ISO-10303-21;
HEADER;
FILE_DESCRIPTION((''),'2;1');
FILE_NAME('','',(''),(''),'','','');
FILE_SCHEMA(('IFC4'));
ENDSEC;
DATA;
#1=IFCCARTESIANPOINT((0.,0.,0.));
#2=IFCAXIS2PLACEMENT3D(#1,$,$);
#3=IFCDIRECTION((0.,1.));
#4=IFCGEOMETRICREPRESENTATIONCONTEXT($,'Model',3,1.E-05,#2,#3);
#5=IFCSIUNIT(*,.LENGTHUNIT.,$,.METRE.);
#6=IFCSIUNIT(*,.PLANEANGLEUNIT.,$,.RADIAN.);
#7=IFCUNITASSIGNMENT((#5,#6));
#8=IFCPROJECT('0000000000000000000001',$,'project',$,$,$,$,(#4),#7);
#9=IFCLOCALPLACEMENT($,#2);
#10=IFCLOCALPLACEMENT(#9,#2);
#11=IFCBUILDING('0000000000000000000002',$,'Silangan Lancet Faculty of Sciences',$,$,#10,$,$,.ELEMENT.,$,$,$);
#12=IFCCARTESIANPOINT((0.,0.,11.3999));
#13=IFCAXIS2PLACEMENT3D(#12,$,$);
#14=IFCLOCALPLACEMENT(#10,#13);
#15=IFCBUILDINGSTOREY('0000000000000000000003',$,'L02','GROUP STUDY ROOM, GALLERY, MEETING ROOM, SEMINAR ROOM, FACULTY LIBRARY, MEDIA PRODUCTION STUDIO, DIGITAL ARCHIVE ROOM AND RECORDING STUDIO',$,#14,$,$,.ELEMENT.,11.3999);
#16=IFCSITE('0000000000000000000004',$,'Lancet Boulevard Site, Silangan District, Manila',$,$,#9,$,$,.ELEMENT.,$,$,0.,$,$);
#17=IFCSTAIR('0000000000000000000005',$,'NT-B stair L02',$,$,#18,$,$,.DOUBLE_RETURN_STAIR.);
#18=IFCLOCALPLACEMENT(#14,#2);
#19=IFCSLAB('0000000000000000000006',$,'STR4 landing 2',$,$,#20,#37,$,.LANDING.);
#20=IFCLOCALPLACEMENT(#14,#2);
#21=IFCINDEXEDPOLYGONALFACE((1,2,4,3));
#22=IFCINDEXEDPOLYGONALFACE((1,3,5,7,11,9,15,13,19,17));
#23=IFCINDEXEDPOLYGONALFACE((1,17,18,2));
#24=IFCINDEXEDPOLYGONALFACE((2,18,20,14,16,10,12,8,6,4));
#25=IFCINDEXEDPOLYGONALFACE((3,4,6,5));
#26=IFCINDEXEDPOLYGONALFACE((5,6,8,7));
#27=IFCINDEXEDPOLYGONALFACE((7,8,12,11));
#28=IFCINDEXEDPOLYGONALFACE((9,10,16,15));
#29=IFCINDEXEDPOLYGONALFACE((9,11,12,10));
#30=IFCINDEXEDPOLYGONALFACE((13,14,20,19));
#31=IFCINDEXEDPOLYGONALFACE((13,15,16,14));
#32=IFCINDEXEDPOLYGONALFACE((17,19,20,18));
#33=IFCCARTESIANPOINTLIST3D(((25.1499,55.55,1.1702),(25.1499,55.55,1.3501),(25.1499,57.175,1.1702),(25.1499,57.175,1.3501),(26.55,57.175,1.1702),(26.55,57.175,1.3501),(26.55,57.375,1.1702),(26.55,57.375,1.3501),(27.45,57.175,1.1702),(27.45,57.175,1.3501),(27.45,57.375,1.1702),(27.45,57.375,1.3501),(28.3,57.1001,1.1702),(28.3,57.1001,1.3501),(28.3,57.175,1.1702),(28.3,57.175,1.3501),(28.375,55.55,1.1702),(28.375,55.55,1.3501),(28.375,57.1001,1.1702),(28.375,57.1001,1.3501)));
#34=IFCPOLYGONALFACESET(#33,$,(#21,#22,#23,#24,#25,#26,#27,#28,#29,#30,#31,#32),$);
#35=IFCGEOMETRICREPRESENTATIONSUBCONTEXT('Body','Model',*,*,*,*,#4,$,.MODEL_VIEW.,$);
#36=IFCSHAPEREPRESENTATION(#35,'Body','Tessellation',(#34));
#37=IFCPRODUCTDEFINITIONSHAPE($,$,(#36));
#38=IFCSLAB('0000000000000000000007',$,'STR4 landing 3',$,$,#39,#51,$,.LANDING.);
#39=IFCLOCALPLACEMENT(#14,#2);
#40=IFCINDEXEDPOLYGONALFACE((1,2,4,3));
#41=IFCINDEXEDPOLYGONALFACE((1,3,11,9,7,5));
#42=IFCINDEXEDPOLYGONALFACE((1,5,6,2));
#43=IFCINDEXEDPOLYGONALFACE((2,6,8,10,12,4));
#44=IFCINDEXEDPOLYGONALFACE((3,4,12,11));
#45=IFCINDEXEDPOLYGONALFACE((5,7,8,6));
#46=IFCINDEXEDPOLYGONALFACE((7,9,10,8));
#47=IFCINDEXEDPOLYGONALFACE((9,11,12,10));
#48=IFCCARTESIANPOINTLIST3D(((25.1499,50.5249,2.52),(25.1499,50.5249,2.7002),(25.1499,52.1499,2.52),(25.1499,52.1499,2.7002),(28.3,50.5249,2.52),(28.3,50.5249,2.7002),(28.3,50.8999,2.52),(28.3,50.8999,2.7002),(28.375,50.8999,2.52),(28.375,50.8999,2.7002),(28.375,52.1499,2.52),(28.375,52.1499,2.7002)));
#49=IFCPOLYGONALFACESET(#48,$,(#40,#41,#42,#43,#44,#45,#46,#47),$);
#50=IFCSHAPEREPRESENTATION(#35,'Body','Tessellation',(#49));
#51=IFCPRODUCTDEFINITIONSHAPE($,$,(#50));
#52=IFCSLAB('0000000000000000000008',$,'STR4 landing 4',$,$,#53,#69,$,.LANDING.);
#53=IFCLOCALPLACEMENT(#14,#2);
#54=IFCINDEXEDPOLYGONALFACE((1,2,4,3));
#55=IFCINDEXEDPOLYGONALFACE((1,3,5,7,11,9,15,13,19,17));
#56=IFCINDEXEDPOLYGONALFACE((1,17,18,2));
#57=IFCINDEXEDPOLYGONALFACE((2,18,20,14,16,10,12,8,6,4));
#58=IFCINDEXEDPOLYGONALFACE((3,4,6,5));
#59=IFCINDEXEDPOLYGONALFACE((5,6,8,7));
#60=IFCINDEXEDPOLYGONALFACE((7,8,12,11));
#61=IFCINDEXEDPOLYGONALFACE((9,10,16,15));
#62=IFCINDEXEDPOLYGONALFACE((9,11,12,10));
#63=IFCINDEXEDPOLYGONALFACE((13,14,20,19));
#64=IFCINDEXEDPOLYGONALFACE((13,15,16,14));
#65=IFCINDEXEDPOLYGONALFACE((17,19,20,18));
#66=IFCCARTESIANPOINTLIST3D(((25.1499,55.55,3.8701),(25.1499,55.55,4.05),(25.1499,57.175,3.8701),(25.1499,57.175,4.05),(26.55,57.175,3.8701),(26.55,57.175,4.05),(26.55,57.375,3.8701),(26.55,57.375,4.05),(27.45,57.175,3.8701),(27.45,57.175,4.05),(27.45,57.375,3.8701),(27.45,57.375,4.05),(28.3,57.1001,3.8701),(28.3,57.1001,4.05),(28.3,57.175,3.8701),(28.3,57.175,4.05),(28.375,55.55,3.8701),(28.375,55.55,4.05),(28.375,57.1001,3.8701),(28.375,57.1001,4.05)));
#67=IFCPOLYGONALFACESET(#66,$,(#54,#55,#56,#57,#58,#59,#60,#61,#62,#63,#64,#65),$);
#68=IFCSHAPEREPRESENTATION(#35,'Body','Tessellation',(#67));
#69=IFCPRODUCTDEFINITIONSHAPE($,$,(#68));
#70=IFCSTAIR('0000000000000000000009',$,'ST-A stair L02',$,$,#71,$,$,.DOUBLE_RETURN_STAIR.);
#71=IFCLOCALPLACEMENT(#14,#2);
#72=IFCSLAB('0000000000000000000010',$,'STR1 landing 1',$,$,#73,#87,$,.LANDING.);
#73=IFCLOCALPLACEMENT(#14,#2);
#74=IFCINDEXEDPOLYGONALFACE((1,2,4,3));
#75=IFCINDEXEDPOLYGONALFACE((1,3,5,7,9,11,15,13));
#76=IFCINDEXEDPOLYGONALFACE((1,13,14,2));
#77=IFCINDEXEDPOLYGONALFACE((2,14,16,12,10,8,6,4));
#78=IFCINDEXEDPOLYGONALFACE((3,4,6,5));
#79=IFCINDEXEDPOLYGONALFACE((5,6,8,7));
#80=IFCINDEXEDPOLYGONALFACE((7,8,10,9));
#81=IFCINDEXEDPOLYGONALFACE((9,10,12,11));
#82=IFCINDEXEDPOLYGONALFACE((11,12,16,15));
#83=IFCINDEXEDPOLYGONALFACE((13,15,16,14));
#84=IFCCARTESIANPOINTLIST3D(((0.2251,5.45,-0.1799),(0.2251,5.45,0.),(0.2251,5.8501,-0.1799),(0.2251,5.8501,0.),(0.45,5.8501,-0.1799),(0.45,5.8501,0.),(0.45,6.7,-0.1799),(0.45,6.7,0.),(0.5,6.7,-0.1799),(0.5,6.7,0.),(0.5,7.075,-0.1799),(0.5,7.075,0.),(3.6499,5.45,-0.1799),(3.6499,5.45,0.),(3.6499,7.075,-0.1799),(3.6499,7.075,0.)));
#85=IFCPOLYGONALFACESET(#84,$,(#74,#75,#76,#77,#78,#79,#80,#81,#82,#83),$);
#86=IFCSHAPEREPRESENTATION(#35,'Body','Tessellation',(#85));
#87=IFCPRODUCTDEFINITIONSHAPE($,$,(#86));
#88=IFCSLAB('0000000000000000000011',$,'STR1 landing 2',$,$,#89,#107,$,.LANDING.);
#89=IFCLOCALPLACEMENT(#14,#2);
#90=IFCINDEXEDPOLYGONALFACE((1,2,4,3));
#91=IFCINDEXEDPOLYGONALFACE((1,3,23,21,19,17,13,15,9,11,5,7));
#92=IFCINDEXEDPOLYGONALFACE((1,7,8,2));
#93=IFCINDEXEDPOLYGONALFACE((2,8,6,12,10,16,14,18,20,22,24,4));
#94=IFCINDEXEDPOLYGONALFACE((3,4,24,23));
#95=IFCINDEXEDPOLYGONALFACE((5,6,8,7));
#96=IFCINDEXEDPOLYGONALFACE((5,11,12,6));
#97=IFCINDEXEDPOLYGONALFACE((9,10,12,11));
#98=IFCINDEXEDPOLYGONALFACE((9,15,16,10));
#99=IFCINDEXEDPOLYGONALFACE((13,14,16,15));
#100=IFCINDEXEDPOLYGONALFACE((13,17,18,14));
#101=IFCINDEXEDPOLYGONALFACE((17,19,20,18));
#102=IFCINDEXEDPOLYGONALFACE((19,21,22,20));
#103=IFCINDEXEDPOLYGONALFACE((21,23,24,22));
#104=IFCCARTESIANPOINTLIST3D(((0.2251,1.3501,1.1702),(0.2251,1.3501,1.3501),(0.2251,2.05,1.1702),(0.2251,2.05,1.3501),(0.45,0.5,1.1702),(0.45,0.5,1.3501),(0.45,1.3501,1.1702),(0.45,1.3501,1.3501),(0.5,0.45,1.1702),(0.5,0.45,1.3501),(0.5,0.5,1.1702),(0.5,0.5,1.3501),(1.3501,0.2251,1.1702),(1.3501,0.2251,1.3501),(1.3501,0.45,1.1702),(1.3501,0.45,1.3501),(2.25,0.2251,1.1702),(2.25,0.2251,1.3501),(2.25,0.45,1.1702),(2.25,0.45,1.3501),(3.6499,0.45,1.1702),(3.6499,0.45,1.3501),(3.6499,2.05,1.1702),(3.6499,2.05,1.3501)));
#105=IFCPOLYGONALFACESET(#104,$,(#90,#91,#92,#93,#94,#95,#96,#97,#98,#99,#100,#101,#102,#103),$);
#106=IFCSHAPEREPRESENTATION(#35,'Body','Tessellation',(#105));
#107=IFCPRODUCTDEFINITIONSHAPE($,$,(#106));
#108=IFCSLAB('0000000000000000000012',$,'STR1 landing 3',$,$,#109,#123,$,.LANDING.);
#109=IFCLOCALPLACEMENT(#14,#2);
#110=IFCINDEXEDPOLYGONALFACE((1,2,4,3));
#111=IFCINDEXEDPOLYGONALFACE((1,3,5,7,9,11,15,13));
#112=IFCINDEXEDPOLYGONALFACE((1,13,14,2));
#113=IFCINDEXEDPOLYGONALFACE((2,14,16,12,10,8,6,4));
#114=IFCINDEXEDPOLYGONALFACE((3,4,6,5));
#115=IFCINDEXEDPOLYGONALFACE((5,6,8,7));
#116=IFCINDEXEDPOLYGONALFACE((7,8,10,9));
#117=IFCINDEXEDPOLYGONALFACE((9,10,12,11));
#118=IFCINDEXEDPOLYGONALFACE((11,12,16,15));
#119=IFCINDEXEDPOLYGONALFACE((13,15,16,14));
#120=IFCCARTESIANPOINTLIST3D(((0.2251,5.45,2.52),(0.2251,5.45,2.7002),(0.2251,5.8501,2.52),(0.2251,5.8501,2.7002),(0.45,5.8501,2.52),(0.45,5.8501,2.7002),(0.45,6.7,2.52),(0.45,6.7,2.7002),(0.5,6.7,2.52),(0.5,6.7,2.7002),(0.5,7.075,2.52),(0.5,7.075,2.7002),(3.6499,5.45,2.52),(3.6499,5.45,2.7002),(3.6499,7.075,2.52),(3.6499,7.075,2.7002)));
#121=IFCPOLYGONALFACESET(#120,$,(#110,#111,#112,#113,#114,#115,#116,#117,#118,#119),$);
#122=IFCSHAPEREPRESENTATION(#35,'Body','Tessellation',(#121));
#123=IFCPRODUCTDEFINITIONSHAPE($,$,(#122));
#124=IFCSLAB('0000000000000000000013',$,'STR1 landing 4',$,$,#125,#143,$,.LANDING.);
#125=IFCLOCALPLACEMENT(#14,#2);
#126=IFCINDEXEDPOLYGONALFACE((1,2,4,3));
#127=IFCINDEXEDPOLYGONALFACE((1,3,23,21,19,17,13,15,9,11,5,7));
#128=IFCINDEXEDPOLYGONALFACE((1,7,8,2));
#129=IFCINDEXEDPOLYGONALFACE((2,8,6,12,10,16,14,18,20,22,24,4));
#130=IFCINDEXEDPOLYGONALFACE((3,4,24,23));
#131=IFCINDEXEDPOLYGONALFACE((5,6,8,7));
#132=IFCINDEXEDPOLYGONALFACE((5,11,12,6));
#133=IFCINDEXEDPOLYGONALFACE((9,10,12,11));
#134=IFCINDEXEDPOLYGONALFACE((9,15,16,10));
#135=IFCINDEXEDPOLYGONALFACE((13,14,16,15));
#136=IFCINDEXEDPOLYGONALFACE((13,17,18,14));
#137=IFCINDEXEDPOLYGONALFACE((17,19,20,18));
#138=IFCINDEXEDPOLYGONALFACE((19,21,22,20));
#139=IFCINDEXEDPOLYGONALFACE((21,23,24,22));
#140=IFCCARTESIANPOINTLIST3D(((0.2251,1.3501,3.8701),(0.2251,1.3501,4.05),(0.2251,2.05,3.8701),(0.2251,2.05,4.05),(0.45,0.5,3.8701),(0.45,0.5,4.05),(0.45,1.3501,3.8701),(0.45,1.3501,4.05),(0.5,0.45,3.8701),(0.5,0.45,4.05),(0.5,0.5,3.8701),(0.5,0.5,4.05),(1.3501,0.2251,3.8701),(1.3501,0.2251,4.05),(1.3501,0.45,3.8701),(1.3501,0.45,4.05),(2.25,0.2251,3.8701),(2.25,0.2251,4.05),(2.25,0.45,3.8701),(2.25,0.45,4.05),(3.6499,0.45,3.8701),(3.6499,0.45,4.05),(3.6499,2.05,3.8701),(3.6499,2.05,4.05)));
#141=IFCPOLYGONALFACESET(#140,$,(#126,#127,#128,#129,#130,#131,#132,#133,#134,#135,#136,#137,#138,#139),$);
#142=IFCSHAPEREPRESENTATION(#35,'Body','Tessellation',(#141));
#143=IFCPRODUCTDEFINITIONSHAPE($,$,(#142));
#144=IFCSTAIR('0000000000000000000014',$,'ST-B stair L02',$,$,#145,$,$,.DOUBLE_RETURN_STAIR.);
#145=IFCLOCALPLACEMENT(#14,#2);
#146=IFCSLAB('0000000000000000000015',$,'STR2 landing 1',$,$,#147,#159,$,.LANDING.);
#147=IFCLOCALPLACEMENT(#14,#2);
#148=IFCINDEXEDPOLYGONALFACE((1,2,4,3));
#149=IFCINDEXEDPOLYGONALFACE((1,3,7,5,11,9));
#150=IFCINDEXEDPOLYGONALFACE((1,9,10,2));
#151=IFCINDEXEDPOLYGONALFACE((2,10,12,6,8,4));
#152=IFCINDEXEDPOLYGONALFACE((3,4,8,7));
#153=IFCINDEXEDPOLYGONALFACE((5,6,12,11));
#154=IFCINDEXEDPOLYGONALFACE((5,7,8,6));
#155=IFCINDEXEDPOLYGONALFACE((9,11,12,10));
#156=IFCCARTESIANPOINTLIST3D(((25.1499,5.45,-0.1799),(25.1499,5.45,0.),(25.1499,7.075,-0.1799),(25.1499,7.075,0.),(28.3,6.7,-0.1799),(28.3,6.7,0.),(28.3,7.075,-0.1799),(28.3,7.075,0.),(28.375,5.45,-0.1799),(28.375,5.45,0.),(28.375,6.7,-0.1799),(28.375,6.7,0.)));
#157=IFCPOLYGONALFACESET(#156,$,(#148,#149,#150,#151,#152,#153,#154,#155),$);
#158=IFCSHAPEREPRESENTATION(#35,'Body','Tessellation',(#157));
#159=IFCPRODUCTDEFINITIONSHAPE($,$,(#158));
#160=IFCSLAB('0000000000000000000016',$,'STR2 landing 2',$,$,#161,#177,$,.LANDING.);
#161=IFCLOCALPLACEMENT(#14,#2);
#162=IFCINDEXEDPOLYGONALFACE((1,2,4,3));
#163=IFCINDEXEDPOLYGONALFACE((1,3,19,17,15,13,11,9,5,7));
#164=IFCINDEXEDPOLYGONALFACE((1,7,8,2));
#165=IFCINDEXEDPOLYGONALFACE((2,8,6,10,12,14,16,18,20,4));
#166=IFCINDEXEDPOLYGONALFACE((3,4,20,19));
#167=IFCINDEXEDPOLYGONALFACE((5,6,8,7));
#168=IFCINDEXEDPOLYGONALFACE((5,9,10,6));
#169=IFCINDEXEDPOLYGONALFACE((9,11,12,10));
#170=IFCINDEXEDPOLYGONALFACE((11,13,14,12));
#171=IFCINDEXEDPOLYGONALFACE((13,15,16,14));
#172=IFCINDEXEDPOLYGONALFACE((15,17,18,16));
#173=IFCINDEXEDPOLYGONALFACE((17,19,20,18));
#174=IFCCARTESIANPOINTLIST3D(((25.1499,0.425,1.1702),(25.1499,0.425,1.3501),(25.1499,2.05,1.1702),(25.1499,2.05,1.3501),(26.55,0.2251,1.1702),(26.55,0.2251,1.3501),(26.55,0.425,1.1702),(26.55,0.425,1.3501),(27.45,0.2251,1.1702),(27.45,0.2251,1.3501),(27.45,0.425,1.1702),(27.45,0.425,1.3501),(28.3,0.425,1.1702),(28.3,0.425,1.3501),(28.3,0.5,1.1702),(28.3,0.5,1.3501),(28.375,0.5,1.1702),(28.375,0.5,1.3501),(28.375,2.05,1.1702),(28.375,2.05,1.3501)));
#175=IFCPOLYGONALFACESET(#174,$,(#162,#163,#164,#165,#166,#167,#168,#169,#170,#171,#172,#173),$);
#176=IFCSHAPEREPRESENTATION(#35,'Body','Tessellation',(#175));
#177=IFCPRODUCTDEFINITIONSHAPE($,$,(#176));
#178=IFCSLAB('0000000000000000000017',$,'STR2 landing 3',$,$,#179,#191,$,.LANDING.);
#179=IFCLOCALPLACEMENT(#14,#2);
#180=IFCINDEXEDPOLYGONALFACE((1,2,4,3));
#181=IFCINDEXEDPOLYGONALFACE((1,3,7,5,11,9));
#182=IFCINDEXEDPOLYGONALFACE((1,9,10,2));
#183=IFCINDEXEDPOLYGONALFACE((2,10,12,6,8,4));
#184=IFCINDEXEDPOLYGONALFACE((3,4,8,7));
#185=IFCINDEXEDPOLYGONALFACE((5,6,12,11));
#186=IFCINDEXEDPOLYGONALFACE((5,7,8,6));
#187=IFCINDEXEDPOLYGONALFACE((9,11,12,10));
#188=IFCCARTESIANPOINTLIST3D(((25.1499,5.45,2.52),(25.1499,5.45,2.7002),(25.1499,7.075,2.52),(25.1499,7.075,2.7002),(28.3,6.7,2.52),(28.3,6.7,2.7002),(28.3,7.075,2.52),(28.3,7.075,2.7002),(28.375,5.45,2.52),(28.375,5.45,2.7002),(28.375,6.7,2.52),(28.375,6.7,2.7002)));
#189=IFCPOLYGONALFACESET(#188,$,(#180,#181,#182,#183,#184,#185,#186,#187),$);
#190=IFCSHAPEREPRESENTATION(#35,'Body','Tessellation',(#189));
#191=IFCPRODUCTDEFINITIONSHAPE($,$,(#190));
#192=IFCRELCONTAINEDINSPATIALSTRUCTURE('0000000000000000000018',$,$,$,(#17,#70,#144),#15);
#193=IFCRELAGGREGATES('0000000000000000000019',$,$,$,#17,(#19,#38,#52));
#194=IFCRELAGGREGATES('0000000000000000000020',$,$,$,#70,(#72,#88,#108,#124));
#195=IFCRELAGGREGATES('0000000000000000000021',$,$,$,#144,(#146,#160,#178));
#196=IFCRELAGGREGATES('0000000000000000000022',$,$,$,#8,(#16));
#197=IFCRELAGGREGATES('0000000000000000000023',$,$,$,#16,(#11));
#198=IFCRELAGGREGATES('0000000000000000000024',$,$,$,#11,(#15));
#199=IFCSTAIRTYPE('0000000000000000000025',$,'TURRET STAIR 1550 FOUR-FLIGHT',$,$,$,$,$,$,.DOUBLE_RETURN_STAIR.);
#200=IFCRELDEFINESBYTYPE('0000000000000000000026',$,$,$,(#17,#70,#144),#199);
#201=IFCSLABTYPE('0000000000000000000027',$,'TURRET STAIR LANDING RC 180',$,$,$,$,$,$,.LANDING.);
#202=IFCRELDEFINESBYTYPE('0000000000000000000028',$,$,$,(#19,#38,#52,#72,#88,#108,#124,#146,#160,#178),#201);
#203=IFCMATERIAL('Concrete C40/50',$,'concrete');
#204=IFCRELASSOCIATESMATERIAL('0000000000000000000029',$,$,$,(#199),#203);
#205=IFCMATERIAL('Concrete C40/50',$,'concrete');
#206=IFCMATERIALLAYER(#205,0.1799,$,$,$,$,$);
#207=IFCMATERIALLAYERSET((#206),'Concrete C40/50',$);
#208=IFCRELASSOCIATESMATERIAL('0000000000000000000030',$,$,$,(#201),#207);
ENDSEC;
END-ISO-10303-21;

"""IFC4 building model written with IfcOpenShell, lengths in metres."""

from ifc_helpers import new_model, si_unit, direction, frame, origin, place, context, subcontext, project, spatial, polyline, outline, extrude, material, layer, layer_set, type_object, element, aggregate, save


model = new_model("IFC4")

# Units and contexts
model_context = context("Model", 3, precision=1e-05, world=origin(), true_north=direction((0.0, 1.0)))
body_context = subcontext(model_context, "Body", "Model", "MODEL_VIEW")
ifc_project = project(units=[si_unit("LENGTHUNIT", "METRE"), si_unit("PLANEANGLEUNIT", "RADIAN")], contexts=[model_context])

# Site, building, storey
site_placement = place(None, origin())
site = spatial("IfcSite", under=ifc_project, at=site_placement, Name="Lancet Boulevard Site, Silangan District, Manila", CompositionType="ELEMENT", RefElevation=0.0)
building_placement = place(site_placement, origin())
building = spatial("IfcBuilding", under=site, at=building_placement, Name="Silangan Lancet Faculty of Sciences", CompositionType="ELEMENT")
storey_placement = place(building_placement, frame((0.0, 0.0, 11.3999)))
storey = spatial("IfcBuildingStorey", under=building, at=storey_placement, Name="L02", Description="GROUP STUDY ROOM, GALLERY, MEETING ROOM, SEMINAR ROOM, FACULTY LIBRARY, MEDIA PRODUCTION STUDIO, DIGITAL ARCHIVE ROOM AND RECORDING STUDIO", CompositionType="ELEMENT", Elevation=11.3999)

# Stairs, slabs
ifc_material_1 = material(Name="Concrete C40/50", Category="concrete")
stair_type = type_object("IfcStairType", Name="TURRET STAIR 1550 FOUR-FLIGHT", PredefinedType="DOUBLE_RETURN_STAIR", material=ifc_material_1)
ifc_material_2 = material(Name="Concrete C40/50", Category="concrete")
ifc_layer_1 = layer(ifc_material_2, 0.1799)
ifc_layer_set_1 = layer_set([ifc_layer_1], Name="Concrete C40/50")
slab_type_1 = type_object("IfcSlabType", Name="TURRET STAIR LANDING RC 180", PredefinedType="LANDING", material=ifc_layer_set_1)
stair_1_placement = place(storey_placement, origin())
stair_1 = element("IfcStair", 1, at=stair_1_placement, inside=storey, type_object=stair_type, Name="NT-B stair L02", PredefinedType="DOUBLE_RETURN_STAIR")
slab_1_placement = place(storey_placement, frame((0.0, 0.0, 1.1702)))
slab_1 = element("IfcSlab", 2, at=slab_1_placement, type_object=slab_type_1, Name="STR4 landing 2", PredefinedType="LANDING", context=body_context, shape_type="SweptSolid", body=[
    extrude(outline(polyline([(26.55, 57.175), (26.55, 57.375), (27.45, 57.375), (27.45, 57.175), (28.3, 57.175), (28.3, 57.1001), (28.375, 57.1001), (28.375, 55.55), (25.1499, 55.55), (25.1499, 57.175), (26.55, 57.175)])), origin(), (0.0, 0.0, 1.0), 0.1799),
])
slab_2_placement = place(storey_placement, frame((0.0, 0.0, 2.52)))
slab_2 = element("IfcSlab", 3, at=slab_2_placement, type_object=slab_type_1, Name="STR4 landing 3", PredefinedType="LANDING", context=body_context, shape_type="SweptSolid", body=[
    extrude(outline(polyline([(25.1499, 50.5249), (25.1499, 52.1499), (28.375, 52.1499), (28.375, 50.8999), (28.3, 50.8999), (28.3, 50.5249), (25.1499, 50.5249)])), origin(), (0.0, 0.0, 1.0), 0.1802),
])
slab_3_placement = place(storey_placement, frame((0.0, 0.0, 3.8701)))
slab_3 = element("IfcSlab", 4, at=slab_3_placement, type_object=slab_type_1, Name="STR4 landing 4", PredefinedType="LANDING", context=body_context, shape_type="SweptSolid", body=[
    extrude(outline(polyline([(26.55, 57.175), (26.55, 57.375), (27.45, 57.375), (27.45, 57.175), (28.3, 57.175), (28.3, 57.1001), (28.375, 57.1001), (28.375, 55.55), (25.1499, 55.55), (25.1499, 57.175), (26.55, 57.175)])), origin(), (0.0, 0.0, 1.0), 0.1799),
])
aggregate(stair_1, [slab_1, slab_2, slab_3])
stair_2_placement = place(storey_placement, origin())
stair_2 = element("IfcStair", 5, at=stair_2_placement, inside=storey, type_object=stair_type, Name="ST-A stair L02", PredefinedType="DOUBLE_RETURN_STAIR")
slab_4_placement = place(storey_placement, frame((0.0, 0.0, -0.1799)))
slab_4 = element("IfcSlab", 6, at=slab_4_placement, type_object=slab_type_1, Name="STR1 landing 1", PredefinedType="LANDING", context=body_context, shape_type="SweptSolid", body=[
    extrude(outline(polyline([(3.6499, 7.075), (3.6499, 5.45), (0.2251, 5.45), (0.2251, 5.8501), (0.45, 5.8501), (0.45, 6.7), (0.5, 6.7), (0.5, 7.075), (3.6499, 7.075)])), origin(), (0.0, 0.0, 1.0), 0.1799),
])
slab_5_placement = place(storey_placement, frame((0.0, 0.0, 1.1702)))
slab_5 = element("IfcSlab", 7, at=slab_5_placement, type_object=slab_type_1, Name="STR1 landing 2", PredefinedType="LANDING", context=body_context, shape_type="SweptSolid", body=[
    extrude(outline(polyline([(1.3501, 0.45), (0.5, 0.45), (0.5, 0.5), (0.45, 0.5), (0.45, 1.3501), (0.2251, 1.3501), (0.2251, 2.05), (3.6499, 2.05), (3.6499, 0.45), (2.25, 0.45), (2.25, 0.2251), (1.3501, 0.2251), (1.3501, 0.45)])), origin(), (0.0, 0.0, 1.0), 0.1799),
])
slab_6_placement = place(storey_placement, frame((0.0, 0.0, 2.52)))
slab_6 = element("IfcSlab", 8, at=slab_6_placement, type_object=slab_type_1, Name="STR1 landing 3", PredefinedType="LANDING", context=body_context, shape_type="SweptSolid", body=[
    extrude(outline(polyline([(3.6499, 7.075), (3.6499, 5.45), (0.2251, 5.45), (0.2251, 5.8501), (0.45, 5.8501), (0.45, 6.7), (0.5, 6.7), (0.5, 7.075), (3.6499, 7.075)])), origin(), (0.0, 0.0, 1.0), 0.1802),
])
slab_7_placement = place(storey_placement, frame((0.0, 0.0, 3.8701)))
slab_7 = element("IfcSlab", 9, at=slab_7_placement, type_object=slab_type_1, Name="STR1 landing 4", PredefinedType="LANDING", context=body_context, shape_type="SweptSolid", body=[
    extrude(outline(polyline([(1.3501, 0.45), (0.5, 0.45), (0.5, 0.5), (0.45, 0.5), (0.45, 1.3501), (0.2251, 1.3501), (0.2251, 2.05), (3.6499, 2.05), (3.6499, 0.45), (2.25, 0.45), (2.25, 0.2251), (1.3501, 0.2251), (1.3501, 0.45)])), origin(), (0.0, 0.0, 1.0), 0.1799),
])
aggregate(stair_2, [slab_4, slab_5, slab_6, slab_7])
stair_3_placement = place(storey_placement, origin())
stair_3 = element("IfcStair", 10, at=stair_3_placement, inside=storey, type_object=stair_type, Name="ST-B stair L02", PredefinedType="DOUBLE_RETURN_STAIR")
slab_8_placement = place(storey_placement, frame((0.0, 0.0, -0.1799)))
slab_8 = element("IfcSlab", 11, at=slab_8_placement, type_object=slab_type_1, Name="STR2 landing 1", PredefinedType="LANDING", context=body_context, shape_type="SweptSolid", body=[
    extrude(outline(polyline([(28.3, 7.075), (28.3, 6.7), (28.375, 6.7), (28.375, 5.45), (25.1499, 5.45), (25.1499, 7.075), (28.3, 7.075)])), origin(), (0.0, 0.0, 1.0), 0.1799),
])
slab_9_placement = place(storey_placement, frame((0.0, 0.0, 1.1702)))
slab_9 = element("IfcSlab", 12, at=slab_9_placement, type_object=slab_type_1, Name="STR2 landing 2", PredefinedType="LANDING", context=body_context, shape_type="SweptSolid", body=[
    extrude(outline(polyline([(28.375, 0.5), (28.3, 0.5), (28.3, 0.425), (27.45, 0.425), (27.45, 0.2251), (26.55, 0.2251), (26.55, 0.425), (25.1499, 0.425), (25.1499, 2.05), (28.375, 2.05), (28.375, 0.5)])), origin(), (0.0, 0.0, 1.0), 0.1799),
])
slab_10_placement = place(storey_placement, frame((0.0, 0.0, 2.52)))
slab_10 = element("IfcSlab", 13, at=slab_10_placement, type_object=slab_type_1, Name="STR2 landing 3", PredefinedType="LANDING", context=body_context, shape_type="SweptSolid", body=[
    extrude(outline(polyline([(28.3, 7.075), (28.3, 6.7), (28.375, 6.7), (28.375, 5.45), (25.1499, 5.45), (25.1499, 7.075), (28.3, 7.075)])), origin(), (0.0, 0.0, 1.0), 0.1802),
])
aggregate(stair_3, [slab_8, slab_9, slab_10])

save(model, "model.ifc")
